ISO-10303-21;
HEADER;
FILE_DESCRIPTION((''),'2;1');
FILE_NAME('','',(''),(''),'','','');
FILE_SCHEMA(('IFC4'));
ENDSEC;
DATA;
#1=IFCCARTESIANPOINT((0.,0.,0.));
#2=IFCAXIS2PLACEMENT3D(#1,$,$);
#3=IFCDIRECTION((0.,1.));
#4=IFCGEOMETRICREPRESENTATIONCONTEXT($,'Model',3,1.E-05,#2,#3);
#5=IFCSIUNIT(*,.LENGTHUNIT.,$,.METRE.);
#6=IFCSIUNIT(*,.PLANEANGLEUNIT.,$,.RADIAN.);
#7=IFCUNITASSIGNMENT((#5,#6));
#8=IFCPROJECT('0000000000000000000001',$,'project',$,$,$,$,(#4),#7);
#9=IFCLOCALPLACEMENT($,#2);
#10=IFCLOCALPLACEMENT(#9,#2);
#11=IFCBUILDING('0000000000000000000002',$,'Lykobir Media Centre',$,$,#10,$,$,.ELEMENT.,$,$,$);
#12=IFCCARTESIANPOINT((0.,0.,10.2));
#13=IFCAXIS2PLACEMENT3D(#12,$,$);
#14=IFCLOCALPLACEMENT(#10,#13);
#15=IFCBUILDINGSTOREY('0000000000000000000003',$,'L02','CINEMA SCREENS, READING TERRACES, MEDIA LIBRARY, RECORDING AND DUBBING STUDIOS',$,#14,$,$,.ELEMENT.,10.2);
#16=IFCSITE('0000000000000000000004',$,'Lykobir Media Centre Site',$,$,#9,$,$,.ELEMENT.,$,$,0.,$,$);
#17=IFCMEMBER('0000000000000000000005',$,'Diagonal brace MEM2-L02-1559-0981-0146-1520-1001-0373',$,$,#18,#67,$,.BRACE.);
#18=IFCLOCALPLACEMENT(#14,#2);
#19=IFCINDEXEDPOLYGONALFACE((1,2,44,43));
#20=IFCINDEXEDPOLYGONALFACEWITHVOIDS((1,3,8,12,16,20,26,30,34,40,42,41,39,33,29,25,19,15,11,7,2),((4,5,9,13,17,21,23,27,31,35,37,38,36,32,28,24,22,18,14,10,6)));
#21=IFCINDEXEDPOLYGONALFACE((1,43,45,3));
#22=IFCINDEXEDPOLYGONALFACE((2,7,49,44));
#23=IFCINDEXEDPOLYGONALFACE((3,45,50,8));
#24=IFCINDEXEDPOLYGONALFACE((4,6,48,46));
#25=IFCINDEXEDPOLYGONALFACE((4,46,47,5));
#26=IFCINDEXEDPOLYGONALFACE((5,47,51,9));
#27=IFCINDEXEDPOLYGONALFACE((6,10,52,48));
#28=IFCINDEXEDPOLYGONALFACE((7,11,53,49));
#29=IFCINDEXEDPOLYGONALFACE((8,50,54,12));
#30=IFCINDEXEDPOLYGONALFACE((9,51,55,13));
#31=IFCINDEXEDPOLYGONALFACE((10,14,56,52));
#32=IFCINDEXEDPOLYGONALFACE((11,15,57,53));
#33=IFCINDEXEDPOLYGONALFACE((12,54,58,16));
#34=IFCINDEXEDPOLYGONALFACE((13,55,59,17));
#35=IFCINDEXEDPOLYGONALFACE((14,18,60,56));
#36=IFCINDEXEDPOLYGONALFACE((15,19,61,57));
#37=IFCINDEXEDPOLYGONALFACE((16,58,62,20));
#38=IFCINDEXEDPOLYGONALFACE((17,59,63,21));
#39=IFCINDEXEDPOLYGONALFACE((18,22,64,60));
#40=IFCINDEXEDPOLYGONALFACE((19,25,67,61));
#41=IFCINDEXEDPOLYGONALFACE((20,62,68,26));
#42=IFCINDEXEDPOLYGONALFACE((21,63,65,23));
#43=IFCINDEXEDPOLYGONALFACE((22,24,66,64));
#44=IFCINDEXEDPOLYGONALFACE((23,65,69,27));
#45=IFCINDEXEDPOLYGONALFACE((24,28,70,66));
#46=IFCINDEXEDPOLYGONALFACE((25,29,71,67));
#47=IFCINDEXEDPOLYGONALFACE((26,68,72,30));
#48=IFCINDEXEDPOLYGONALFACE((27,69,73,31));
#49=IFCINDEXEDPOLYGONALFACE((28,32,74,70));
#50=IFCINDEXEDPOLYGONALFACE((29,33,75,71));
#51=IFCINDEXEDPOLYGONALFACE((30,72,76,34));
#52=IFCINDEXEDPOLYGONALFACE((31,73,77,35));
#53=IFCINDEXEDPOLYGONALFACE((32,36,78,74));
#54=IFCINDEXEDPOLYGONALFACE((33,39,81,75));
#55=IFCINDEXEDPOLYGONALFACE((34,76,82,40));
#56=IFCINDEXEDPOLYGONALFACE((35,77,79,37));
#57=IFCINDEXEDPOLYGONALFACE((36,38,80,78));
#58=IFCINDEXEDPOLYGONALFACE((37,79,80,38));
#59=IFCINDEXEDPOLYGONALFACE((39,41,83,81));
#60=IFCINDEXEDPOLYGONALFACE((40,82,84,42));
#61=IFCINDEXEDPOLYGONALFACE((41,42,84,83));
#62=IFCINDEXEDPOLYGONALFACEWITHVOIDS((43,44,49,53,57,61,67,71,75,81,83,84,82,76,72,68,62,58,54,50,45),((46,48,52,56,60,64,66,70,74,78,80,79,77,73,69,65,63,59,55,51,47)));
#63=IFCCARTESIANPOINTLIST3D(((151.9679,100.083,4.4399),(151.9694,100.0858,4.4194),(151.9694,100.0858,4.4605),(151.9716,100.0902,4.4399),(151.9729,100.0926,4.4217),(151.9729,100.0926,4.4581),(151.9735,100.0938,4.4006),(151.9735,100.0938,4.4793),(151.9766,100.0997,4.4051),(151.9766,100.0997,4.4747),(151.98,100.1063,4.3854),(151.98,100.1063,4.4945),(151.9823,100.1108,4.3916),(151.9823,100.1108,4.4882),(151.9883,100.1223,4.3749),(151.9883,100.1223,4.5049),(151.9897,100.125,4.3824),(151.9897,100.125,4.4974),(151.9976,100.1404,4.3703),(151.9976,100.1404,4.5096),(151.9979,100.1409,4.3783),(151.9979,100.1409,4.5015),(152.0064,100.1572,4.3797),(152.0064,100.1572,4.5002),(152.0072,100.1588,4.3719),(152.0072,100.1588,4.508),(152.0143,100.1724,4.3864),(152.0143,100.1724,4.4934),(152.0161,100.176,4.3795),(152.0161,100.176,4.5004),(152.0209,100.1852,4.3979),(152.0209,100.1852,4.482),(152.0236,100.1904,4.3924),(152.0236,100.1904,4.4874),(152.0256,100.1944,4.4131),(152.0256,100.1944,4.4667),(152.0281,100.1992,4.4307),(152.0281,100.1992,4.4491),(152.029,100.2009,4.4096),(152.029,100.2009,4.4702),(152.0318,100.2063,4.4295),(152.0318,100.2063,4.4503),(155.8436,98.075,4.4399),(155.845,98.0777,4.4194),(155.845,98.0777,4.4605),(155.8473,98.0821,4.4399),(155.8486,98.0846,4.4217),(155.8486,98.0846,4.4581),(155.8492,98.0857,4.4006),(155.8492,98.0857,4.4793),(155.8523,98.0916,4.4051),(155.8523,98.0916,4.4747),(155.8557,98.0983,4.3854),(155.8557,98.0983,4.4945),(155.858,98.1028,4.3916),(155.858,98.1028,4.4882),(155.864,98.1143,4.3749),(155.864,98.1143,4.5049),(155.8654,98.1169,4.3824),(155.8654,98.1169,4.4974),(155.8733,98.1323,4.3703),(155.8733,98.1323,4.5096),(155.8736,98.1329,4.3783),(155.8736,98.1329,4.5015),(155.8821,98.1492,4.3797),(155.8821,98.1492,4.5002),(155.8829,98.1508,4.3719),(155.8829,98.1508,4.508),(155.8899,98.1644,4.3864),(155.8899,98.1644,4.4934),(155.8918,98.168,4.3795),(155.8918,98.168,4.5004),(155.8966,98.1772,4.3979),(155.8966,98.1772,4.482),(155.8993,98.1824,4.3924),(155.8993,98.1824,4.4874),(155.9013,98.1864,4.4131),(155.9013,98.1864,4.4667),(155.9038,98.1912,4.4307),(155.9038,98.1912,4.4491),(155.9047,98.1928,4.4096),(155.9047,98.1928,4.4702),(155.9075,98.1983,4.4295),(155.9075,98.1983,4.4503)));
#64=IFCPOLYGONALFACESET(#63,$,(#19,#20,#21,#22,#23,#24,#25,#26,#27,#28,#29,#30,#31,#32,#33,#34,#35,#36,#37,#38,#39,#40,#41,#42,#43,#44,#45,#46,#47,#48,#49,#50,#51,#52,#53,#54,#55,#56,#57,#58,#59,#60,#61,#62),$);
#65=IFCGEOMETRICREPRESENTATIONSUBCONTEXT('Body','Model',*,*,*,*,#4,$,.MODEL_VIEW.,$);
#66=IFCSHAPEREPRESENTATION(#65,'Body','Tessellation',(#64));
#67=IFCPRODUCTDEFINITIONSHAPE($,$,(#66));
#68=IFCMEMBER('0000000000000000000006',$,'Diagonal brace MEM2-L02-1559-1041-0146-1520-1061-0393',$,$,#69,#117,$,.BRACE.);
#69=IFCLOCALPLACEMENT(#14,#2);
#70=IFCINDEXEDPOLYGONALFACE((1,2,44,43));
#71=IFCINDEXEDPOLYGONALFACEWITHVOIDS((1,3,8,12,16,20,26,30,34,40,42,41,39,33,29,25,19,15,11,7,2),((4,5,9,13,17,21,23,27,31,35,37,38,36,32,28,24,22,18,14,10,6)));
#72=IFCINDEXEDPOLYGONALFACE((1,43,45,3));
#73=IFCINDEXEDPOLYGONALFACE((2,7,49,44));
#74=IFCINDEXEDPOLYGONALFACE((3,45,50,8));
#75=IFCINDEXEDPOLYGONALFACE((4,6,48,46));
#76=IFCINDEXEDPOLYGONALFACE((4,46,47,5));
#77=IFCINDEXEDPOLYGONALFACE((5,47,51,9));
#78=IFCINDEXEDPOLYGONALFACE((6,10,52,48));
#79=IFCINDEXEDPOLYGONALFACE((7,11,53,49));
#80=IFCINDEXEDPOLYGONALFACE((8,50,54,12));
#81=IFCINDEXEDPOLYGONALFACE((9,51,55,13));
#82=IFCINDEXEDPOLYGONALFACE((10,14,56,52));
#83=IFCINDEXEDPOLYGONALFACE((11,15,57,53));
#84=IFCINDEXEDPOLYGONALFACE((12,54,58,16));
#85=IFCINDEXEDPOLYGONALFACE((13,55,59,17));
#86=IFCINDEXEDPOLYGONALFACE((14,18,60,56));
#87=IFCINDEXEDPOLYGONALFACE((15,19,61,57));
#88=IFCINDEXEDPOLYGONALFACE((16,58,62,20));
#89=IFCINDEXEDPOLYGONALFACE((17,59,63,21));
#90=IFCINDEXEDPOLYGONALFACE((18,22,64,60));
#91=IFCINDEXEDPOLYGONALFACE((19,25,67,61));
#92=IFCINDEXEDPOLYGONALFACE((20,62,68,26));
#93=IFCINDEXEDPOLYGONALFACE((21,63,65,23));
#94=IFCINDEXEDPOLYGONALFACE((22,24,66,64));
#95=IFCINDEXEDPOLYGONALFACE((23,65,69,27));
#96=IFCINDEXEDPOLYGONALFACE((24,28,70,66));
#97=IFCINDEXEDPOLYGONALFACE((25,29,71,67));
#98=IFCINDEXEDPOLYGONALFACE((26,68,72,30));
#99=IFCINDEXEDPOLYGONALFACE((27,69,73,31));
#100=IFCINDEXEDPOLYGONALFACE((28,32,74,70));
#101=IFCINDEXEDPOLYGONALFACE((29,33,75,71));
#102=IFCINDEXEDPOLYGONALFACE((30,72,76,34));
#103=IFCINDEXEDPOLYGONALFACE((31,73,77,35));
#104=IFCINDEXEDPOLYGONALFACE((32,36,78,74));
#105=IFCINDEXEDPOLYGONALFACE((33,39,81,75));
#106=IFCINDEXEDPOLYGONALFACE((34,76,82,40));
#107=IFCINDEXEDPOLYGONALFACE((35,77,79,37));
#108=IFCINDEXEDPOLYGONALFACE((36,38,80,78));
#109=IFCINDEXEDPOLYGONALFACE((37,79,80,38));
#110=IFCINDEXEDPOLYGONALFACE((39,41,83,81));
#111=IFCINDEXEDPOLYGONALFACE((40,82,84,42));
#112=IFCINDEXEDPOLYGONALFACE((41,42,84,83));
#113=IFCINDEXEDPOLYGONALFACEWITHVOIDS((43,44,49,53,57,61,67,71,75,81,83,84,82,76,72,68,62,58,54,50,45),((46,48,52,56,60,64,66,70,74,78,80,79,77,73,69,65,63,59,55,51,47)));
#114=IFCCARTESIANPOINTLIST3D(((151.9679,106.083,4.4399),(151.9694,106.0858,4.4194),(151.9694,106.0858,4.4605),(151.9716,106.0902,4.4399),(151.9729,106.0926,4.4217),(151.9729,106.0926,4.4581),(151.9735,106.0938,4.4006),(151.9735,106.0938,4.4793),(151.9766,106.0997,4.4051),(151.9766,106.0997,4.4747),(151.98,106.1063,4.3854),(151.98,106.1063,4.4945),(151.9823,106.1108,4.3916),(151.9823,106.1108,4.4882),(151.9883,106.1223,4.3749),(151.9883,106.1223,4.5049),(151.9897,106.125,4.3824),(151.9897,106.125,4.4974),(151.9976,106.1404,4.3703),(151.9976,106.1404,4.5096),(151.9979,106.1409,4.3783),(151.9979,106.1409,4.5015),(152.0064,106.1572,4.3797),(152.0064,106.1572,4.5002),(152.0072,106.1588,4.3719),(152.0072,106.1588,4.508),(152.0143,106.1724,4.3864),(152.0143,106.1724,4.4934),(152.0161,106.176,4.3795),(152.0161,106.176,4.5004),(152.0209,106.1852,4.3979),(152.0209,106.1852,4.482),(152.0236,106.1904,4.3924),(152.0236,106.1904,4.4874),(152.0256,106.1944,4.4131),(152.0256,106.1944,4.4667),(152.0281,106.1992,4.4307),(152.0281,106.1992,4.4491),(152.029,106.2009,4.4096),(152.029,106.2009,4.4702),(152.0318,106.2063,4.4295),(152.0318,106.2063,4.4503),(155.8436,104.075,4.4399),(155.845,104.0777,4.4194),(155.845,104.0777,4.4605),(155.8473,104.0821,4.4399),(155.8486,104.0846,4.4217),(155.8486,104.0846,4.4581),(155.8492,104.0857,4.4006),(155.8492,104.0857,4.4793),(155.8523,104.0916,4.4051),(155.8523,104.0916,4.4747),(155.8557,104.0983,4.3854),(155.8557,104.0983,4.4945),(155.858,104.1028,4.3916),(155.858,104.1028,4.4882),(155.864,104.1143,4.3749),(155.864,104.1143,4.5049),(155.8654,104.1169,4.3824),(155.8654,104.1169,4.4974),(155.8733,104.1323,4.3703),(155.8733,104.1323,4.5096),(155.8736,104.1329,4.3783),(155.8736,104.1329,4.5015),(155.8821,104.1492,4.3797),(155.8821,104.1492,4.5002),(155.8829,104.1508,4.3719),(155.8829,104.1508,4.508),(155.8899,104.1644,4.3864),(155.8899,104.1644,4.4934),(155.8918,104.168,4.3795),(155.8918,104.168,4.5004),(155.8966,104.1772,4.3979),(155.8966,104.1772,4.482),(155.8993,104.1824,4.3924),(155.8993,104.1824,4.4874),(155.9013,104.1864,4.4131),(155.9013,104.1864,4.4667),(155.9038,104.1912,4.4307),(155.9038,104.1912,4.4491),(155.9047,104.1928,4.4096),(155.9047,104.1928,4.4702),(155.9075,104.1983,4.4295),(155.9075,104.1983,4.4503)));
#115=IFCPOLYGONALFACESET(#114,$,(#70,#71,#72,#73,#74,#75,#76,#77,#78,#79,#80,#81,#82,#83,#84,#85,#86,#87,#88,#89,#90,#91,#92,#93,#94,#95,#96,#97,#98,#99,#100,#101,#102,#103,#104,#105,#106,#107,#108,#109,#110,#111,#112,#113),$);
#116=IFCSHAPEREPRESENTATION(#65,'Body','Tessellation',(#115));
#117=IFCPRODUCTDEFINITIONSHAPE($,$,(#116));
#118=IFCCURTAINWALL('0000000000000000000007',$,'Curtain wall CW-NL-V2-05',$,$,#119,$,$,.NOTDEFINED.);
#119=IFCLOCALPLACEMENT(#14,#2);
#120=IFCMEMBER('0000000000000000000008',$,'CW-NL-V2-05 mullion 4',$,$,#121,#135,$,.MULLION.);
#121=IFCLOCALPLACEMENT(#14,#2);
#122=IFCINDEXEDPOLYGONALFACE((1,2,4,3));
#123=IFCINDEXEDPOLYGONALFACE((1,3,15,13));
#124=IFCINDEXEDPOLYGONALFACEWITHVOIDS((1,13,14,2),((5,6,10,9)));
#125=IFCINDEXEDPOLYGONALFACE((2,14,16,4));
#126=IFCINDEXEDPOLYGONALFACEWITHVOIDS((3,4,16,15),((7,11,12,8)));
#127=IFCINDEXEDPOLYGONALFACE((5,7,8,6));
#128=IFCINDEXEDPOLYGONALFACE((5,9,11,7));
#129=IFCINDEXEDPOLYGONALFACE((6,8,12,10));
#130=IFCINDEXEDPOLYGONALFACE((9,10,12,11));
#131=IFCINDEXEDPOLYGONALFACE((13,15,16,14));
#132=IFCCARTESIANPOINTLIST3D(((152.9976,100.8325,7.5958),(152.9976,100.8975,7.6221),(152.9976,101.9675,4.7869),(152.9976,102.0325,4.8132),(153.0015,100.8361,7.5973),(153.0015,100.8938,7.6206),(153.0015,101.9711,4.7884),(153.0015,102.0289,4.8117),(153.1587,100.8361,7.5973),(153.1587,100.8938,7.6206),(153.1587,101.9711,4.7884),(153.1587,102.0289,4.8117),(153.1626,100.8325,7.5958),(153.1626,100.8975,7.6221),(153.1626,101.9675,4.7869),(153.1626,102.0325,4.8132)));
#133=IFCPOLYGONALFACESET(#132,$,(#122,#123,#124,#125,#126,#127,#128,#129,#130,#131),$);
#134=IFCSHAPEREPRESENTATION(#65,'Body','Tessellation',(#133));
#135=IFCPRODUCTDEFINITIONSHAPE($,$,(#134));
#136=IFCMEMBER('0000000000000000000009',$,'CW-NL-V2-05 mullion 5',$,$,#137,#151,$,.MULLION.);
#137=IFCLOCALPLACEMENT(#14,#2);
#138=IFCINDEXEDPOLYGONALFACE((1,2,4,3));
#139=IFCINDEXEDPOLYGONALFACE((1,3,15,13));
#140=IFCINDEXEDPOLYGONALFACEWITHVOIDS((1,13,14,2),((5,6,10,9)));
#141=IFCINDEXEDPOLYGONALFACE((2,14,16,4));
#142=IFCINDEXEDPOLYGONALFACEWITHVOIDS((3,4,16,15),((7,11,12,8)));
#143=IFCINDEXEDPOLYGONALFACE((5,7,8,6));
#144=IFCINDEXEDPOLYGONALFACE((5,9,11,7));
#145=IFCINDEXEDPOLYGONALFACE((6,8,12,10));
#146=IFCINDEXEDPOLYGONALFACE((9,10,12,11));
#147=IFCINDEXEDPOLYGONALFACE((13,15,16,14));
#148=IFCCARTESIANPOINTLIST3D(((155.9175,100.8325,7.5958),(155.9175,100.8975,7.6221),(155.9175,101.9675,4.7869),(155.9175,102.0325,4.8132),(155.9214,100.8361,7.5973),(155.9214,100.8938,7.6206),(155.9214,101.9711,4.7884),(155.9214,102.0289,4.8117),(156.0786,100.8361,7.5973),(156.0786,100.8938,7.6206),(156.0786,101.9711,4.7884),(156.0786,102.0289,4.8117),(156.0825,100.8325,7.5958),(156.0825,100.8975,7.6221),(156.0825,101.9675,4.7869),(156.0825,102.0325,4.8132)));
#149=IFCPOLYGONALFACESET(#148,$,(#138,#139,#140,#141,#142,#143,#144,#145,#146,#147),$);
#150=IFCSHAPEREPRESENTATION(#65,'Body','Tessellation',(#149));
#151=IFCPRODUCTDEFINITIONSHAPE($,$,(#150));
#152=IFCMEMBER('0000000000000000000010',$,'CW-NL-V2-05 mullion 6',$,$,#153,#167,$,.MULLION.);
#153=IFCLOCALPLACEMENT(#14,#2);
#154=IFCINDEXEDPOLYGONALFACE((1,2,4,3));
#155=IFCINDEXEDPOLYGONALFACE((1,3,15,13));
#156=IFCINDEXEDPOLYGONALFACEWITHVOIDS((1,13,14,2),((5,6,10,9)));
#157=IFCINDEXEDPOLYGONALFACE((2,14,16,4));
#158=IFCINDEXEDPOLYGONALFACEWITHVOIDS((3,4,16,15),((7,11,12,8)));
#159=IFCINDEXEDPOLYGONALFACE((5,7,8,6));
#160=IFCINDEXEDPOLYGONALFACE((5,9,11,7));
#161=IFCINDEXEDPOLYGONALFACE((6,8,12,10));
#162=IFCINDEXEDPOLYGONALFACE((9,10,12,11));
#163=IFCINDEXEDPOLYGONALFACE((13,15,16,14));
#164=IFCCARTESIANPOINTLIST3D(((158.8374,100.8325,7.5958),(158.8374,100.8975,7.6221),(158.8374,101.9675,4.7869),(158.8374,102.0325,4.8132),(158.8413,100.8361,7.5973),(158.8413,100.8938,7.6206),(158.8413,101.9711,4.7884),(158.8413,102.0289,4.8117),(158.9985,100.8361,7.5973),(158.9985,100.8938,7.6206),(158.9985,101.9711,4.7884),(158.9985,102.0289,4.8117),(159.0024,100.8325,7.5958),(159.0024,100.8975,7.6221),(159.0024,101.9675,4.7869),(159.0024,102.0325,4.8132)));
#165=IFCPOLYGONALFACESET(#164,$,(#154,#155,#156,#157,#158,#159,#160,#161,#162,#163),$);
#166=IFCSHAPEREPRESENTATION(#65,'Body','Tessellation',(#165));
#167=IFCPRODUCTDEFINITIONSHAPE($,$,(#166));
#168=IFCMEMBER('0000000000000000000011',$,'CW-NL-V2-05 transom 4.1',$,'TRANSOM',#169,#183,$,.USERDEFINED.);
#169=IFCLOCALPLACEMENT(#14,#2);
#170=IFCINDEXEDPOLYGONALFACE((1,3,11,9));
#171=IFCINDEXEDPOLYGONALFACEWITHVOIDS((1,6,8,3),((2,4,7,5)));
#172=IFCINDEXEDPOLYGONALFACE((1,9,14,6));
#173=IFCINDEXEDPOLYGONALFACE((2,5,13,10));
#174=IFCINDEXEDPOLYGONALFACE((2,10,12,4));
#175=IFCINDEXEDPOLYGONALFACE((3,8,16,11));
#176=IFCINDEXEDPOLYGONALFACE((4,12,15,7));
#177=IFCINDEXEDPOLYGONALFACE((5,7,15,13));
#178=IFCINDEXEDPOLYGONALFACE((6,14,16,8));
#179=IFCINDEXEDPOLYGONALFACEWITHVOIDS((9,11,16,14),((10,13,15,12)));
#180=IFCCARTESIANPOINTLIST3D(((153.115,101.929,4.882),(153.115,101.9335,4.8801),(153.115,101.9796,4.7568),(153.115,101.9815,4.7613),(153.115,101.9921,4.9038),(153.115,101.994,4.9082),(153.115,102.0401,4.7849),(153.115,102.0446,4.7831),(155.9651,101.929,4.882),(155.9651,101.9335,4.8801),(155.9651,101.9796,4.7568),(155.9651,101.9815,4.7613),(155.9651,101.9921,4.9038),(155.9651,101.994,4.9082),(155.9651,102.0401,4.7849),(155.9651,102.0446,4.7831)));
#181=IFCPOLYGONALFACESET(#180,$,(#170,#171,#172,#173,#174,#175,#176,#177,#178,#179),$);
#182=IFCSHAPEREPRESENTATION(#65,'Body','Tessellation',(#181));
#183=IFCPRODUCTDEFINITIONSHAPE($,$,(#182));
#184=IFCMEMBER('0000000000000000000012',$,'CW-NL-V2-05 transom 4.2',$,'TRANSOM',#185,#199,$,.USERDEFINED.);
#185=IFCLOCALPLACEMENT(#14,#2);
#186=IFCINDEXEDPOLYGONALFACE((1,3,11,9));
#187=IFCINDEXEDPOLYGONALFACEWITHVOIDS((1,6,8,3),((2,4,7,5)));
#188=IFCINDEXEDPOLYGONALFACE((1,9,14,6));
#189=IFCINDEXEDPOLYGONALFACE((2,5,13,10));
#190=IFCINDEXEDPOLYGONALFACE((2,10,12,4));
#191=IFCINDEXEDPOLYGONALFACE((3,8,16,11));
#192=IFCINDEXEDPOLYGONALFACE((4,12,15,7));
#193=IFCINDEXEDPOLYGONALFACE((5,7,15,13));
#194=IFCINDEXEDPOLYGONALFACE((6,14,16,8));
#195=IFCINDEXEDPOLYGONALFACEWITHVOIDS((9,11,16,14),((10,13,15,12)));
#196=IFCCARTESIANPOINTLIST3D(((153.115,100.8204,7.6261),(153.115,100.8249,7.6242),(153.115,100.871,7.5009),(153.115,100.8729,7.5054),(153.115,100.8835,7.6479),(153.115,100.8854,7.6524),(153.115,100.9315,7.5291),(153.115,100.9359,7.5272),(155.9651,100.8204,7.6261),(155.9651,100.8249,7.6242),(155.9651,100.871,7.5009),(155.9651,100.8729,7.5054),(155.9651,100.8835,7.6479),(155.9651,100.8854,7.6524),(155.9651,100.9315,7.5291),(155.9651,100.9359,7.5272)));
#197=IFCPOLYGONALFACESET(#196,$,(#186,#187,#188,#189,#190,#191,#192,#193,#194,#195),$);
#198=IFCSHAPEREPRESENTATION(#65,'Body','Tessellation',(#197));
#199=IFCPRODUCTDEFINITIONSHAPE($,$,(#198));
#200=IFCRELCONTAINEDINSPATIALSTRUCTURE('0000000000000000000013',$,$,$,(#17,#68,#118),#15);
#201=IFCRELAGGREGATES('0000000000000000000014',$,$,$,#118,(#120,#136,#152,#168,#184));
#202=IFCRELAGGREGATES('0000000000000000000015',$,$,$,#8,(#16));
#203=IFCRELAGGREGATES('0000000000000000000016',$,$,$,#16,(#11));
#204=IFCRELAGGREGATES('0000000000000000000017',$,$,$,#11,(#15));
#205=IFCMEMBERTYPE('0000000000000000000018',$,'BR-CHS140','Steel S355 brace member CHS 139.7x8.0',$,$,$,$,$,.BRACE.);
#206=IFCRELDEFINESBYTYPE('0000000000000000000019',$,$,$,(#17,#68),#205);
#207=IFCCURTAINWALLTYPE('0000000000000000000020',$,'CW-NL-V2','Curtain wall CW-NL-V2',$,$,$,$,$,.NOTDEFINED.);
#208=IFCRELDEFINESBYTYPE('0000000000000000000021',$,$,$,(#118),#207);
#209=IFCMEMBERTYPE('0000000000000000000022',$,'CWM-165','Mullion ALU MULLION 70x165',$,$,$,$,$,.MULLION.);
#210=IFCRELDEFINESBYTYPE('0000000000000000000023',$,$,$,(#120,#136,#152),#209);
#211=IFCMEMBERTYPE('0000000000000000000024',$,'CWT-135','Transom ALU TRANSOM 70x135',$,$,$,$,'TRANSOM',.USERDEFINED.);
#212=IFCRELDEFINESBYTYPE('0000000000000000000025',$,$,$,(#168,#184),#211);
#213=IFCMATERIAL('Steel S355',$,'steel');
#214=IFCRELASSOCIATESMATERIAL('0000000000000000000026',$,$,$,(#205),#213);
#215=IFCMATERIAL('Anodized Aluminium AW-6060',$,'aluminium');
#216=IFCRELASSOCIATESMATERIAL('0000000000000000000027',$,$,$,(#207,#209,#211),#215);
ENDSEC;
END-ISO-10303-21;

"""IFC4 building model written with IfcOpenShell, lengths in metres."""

from ifc_helpers import new_model, si_unit, direction, frame, origin, origin_2d, place, context, subcontext, project, spatial, hollow_rectangle, hollow_circle, extrude, material, material_profile, profile_set, type_object, element, aggregate, save


model = new_model("IFC4")

# Units and contexts
model_context = context("Model", 3, precision=1e-05, world=origin(), true_north=direction((0.0, 1.0)))
body_context = subcontext(model_context, "Body", "Model", "MODEL_VIEW")
ifc_project = project(units=[si_unit("LENGTHUNIT", "METRE"), si_unit("PLANEANGLEUNIT", "RADIAN")], contexts=[model_context])

# Site, building, storey
site_placement = place(None, origin())
site = spatial("IfcSite", under=ifc_project, at=site_placement, Name="Lykobir Media Centre Site", CompositionType="ELEMENT", RefElevation=0.0)
building_placement = place(site_placement, origin())
building = spatial("IfcBuilding", under=site, at=building_placement, Name="Lykobir Media Centre", CompositionType="ELEMENT")
storey_placement = place(building_placement, frame((0.0, 0.0, 10.2)))
storey = spatial("IfcBuildingStorey", under=building, at=storey_placement, Name="L02", Description="CINEMA SCREENS, READING TERRACES, MEDIA LIBRARY, RECORDING AND DUBBING STUDIOS", CompositionType="ELEMENT", Elevation=10.2)

# Members
ifc_material_1 = material(Name="Steel S355", Category="steel")
ifc_material_profile_1 = material_profile(ifc_material_1, hollow_circle(Radius=0.0698, WallThickness=0.0081, at=origin_2d()), Name="CHS 139.7x8.0")
ifc_profile_set_1 = profile_set([ifc_material_profile_1], Name="Steel S355")
member_type_1 = type_object("IfcMemberType", Name="BR-CHS140", Description="Steel S355 brace member CHS 139.7x8.0", PredefinedType="BRACE", material=ifc_profile_set_1)
for number, where, z_axis, x_axis, name in (
    (1, (155.8757, 98.137, 4.4399), (-0.887903, 0.460031, 0.0), (-0.460031, -0.887903, 0.0), "Diagonal brace MEM2-L02-1559-0981-0146-1520-1001-0373"),
    (2, (155.8757, 104.137, 4.4399), (-0.887903, 0.460031, 0.0), (-0.460031, -0.887903, 0.0), "Diagonal brace MEM2-L02-1559-1041-0146-1520-1061-0393"),
):
    element("IfcMember", number, at=place(storey_placement, frame(where, z_axis=z_axis, x_axis=x_axis)), inside=storey, type_object=member_type_1, Name=name, PredefinedType="BRACE", context=body_context, shape_type="SweptSolid", body=[
        extrude(hollow_circle(Radius=0.0698, WallThickness=0.0081, at=origin_2d()), origin(), (0.0, 0.0, 1.0), 4.365),
    ])

# Curtain wall, members
ifc_material_2 = material(Name="Anodized Aluminium AW-6060", Category="aluminium")
curtain_wall_type = type_object("IfcCurtainWallType", Name="CW-NL-V2", Description="Curtain wall CW-NL-V2", PredefinedType="NOTDEFINED", material=ifc_material_2)
curtain_wall_1_placement = place(storey_placement, origin())
curtain_wall_1 = element("IfcCurtainWall", 3, at=curtain_wall_1_placement, inside=storey, type_object=curtain_wall_type, Name="Curtain wall CW-NL-V2-05", PredefinedType="NOTDEFINED")
ifc_material_profile_2 = material_profile(ifc_material_2, hollow_rectangle(XDim=0.0701, YDim=0.165, WallThickness=0.0039, at=origin_2d()), Name="ALU MULLION 70x165")
ifc_profile_set_2 = profile_set([ifc_material_profile_2], Name="Anodized Aluminium AW-6060")
member_type_2 = type_object("IfcMemberType", Name="CWM-165", Description="Mullion ALU MULLION 70x165", PredefinedType="MULLION", material=ifc_profile_set_2)
member_1_placement = place(storey_placement, frame((153.0801, 102.0, 4.8), z_axis=(0.0, -0.374654, 0.927165), x_axis=(0.0, 0.927165, 0.374654)))
member_1 = element("IfcMember", 4, at=member_1_placement, type_object=member_type_2, Name="CW-NL-V2-05 mullion 4", PredefinedType="MULLION", context=body_context, shape_type="SweptSolid", body=[
    extrude(hollow_rectangle(XDim=0.0701, YDim=0.165, WallThickness=0.0039, at=origin_2d()), origin(), (0.0, 0.0, 1.0), 3.0295),
])
member_2_placement = place(storey_placement, frame((156.0, 102.0, 4.8), z_axis=(0.0, -0.374654, 0.927165), x_axis=(0.0, 0.927165, 0.374654)))
member_2 = element("IfcMember", 5, at=member_2_placement, type_object=member_type_2, Name="CW-NL-V2-05 mullion 5", PredefinedType="MULLION", context=body_context, shape_type="SweptSolid", body=[
    extrude(hollow_rectangle(XDim=0.0701, YDim=0.165, WallThickness=0.0039, at=origin_2d()), origin(), (0.0, 0.0, 1.0), 3.0295),
])
member_3_placement = place(storey_placement, frame((158.9199, 102.0, 4.8), z_axis=(0.0, -0.374654, 0.927165), x_axis=(0.0, 0.927165, 0.374654)))
member_3 = element("IfcMember", 6, at=member_3_placement, type_object=member_type_2, Name="CW-NL-V2-05 mullion 6", PredefinedType="MULLION", context=body_context, shape_type="SweptSolid", body=[
    extrude(hollow_rectangle(XDim=0.0701, YDim=0.165, WallThickness=0.0039, at=origin_2d()), origin(), (0.0, 0.0, 1.0), 3.0295),
])
ifc_material_profile_3 = material_profile(ifc_material_2, hollow_rectangle(XDim=0.0701, YDim=0.135, WallThickness=0.0034, at=origin_2d()), Name="ALU TRANSOM 70x135")
ifc_profile_set_3 = profile_set([ifc_material_profile_3], Name="Anodized Aluminium AW-6060")
member_type_3 = type_object("IfcMemberType", Name="CWT-135", Description="Transom ALU TRANSOM 70x135", ElementType="TRANSOM", PredefinedType="USERDEFINED", material=ifc_profile_set_3)
member_4_placement = place(storey_placement, frame((153.115, 101.9868, 4.8325), z_axis=(1.0, 0.0, 0.0), x_axis=(0.0, 0.927184, 0.374607)))
member_4 = element("IfcMember", 7, at=member_4_placement, type_object=member_type_3, Name="CW-NL-V2-05 transom 4.1", ObjectType="TRANSOM", PredefinedType="USERDEFINED", context=body_context, shape_type="SweptSolid", body=[
    extrude(hollow_rectangle(XDim=0.0701, YDim=0.135, WallThickness=0.0034, at=origin_2d()), origin(), (0.0, 0.0, 1.0), 2.8501),
])
member_5_placement = place(storey_placement, frame((153.115, 100.8782, 7.5767), z_axis=(1.0, 0.0, 0.0), x_axis=(0.0, 0.927184, 0.374607)))
member_5 = element("IfcMember", 8, at=member_5_placement, type_object=member_type_3, Name="CW-NL-V2-05 transom 4.2", ObjectType="TRANSOM", PredefinedType="USERDEFINED", context=body_context, shape_type="SweptSolid", body=[
    extrude(hollow_rectangle(XDim=0.0701, YDim=0.135, WallThickness=0.0034, at=origin_2d()), origin(), (0.0, 0.0, 1.0), 2.8501),
])

aggregate(curtain_wall_1, [member_1, member_2, member_3, member_4, member_5])

save(model, "model.ifc")
